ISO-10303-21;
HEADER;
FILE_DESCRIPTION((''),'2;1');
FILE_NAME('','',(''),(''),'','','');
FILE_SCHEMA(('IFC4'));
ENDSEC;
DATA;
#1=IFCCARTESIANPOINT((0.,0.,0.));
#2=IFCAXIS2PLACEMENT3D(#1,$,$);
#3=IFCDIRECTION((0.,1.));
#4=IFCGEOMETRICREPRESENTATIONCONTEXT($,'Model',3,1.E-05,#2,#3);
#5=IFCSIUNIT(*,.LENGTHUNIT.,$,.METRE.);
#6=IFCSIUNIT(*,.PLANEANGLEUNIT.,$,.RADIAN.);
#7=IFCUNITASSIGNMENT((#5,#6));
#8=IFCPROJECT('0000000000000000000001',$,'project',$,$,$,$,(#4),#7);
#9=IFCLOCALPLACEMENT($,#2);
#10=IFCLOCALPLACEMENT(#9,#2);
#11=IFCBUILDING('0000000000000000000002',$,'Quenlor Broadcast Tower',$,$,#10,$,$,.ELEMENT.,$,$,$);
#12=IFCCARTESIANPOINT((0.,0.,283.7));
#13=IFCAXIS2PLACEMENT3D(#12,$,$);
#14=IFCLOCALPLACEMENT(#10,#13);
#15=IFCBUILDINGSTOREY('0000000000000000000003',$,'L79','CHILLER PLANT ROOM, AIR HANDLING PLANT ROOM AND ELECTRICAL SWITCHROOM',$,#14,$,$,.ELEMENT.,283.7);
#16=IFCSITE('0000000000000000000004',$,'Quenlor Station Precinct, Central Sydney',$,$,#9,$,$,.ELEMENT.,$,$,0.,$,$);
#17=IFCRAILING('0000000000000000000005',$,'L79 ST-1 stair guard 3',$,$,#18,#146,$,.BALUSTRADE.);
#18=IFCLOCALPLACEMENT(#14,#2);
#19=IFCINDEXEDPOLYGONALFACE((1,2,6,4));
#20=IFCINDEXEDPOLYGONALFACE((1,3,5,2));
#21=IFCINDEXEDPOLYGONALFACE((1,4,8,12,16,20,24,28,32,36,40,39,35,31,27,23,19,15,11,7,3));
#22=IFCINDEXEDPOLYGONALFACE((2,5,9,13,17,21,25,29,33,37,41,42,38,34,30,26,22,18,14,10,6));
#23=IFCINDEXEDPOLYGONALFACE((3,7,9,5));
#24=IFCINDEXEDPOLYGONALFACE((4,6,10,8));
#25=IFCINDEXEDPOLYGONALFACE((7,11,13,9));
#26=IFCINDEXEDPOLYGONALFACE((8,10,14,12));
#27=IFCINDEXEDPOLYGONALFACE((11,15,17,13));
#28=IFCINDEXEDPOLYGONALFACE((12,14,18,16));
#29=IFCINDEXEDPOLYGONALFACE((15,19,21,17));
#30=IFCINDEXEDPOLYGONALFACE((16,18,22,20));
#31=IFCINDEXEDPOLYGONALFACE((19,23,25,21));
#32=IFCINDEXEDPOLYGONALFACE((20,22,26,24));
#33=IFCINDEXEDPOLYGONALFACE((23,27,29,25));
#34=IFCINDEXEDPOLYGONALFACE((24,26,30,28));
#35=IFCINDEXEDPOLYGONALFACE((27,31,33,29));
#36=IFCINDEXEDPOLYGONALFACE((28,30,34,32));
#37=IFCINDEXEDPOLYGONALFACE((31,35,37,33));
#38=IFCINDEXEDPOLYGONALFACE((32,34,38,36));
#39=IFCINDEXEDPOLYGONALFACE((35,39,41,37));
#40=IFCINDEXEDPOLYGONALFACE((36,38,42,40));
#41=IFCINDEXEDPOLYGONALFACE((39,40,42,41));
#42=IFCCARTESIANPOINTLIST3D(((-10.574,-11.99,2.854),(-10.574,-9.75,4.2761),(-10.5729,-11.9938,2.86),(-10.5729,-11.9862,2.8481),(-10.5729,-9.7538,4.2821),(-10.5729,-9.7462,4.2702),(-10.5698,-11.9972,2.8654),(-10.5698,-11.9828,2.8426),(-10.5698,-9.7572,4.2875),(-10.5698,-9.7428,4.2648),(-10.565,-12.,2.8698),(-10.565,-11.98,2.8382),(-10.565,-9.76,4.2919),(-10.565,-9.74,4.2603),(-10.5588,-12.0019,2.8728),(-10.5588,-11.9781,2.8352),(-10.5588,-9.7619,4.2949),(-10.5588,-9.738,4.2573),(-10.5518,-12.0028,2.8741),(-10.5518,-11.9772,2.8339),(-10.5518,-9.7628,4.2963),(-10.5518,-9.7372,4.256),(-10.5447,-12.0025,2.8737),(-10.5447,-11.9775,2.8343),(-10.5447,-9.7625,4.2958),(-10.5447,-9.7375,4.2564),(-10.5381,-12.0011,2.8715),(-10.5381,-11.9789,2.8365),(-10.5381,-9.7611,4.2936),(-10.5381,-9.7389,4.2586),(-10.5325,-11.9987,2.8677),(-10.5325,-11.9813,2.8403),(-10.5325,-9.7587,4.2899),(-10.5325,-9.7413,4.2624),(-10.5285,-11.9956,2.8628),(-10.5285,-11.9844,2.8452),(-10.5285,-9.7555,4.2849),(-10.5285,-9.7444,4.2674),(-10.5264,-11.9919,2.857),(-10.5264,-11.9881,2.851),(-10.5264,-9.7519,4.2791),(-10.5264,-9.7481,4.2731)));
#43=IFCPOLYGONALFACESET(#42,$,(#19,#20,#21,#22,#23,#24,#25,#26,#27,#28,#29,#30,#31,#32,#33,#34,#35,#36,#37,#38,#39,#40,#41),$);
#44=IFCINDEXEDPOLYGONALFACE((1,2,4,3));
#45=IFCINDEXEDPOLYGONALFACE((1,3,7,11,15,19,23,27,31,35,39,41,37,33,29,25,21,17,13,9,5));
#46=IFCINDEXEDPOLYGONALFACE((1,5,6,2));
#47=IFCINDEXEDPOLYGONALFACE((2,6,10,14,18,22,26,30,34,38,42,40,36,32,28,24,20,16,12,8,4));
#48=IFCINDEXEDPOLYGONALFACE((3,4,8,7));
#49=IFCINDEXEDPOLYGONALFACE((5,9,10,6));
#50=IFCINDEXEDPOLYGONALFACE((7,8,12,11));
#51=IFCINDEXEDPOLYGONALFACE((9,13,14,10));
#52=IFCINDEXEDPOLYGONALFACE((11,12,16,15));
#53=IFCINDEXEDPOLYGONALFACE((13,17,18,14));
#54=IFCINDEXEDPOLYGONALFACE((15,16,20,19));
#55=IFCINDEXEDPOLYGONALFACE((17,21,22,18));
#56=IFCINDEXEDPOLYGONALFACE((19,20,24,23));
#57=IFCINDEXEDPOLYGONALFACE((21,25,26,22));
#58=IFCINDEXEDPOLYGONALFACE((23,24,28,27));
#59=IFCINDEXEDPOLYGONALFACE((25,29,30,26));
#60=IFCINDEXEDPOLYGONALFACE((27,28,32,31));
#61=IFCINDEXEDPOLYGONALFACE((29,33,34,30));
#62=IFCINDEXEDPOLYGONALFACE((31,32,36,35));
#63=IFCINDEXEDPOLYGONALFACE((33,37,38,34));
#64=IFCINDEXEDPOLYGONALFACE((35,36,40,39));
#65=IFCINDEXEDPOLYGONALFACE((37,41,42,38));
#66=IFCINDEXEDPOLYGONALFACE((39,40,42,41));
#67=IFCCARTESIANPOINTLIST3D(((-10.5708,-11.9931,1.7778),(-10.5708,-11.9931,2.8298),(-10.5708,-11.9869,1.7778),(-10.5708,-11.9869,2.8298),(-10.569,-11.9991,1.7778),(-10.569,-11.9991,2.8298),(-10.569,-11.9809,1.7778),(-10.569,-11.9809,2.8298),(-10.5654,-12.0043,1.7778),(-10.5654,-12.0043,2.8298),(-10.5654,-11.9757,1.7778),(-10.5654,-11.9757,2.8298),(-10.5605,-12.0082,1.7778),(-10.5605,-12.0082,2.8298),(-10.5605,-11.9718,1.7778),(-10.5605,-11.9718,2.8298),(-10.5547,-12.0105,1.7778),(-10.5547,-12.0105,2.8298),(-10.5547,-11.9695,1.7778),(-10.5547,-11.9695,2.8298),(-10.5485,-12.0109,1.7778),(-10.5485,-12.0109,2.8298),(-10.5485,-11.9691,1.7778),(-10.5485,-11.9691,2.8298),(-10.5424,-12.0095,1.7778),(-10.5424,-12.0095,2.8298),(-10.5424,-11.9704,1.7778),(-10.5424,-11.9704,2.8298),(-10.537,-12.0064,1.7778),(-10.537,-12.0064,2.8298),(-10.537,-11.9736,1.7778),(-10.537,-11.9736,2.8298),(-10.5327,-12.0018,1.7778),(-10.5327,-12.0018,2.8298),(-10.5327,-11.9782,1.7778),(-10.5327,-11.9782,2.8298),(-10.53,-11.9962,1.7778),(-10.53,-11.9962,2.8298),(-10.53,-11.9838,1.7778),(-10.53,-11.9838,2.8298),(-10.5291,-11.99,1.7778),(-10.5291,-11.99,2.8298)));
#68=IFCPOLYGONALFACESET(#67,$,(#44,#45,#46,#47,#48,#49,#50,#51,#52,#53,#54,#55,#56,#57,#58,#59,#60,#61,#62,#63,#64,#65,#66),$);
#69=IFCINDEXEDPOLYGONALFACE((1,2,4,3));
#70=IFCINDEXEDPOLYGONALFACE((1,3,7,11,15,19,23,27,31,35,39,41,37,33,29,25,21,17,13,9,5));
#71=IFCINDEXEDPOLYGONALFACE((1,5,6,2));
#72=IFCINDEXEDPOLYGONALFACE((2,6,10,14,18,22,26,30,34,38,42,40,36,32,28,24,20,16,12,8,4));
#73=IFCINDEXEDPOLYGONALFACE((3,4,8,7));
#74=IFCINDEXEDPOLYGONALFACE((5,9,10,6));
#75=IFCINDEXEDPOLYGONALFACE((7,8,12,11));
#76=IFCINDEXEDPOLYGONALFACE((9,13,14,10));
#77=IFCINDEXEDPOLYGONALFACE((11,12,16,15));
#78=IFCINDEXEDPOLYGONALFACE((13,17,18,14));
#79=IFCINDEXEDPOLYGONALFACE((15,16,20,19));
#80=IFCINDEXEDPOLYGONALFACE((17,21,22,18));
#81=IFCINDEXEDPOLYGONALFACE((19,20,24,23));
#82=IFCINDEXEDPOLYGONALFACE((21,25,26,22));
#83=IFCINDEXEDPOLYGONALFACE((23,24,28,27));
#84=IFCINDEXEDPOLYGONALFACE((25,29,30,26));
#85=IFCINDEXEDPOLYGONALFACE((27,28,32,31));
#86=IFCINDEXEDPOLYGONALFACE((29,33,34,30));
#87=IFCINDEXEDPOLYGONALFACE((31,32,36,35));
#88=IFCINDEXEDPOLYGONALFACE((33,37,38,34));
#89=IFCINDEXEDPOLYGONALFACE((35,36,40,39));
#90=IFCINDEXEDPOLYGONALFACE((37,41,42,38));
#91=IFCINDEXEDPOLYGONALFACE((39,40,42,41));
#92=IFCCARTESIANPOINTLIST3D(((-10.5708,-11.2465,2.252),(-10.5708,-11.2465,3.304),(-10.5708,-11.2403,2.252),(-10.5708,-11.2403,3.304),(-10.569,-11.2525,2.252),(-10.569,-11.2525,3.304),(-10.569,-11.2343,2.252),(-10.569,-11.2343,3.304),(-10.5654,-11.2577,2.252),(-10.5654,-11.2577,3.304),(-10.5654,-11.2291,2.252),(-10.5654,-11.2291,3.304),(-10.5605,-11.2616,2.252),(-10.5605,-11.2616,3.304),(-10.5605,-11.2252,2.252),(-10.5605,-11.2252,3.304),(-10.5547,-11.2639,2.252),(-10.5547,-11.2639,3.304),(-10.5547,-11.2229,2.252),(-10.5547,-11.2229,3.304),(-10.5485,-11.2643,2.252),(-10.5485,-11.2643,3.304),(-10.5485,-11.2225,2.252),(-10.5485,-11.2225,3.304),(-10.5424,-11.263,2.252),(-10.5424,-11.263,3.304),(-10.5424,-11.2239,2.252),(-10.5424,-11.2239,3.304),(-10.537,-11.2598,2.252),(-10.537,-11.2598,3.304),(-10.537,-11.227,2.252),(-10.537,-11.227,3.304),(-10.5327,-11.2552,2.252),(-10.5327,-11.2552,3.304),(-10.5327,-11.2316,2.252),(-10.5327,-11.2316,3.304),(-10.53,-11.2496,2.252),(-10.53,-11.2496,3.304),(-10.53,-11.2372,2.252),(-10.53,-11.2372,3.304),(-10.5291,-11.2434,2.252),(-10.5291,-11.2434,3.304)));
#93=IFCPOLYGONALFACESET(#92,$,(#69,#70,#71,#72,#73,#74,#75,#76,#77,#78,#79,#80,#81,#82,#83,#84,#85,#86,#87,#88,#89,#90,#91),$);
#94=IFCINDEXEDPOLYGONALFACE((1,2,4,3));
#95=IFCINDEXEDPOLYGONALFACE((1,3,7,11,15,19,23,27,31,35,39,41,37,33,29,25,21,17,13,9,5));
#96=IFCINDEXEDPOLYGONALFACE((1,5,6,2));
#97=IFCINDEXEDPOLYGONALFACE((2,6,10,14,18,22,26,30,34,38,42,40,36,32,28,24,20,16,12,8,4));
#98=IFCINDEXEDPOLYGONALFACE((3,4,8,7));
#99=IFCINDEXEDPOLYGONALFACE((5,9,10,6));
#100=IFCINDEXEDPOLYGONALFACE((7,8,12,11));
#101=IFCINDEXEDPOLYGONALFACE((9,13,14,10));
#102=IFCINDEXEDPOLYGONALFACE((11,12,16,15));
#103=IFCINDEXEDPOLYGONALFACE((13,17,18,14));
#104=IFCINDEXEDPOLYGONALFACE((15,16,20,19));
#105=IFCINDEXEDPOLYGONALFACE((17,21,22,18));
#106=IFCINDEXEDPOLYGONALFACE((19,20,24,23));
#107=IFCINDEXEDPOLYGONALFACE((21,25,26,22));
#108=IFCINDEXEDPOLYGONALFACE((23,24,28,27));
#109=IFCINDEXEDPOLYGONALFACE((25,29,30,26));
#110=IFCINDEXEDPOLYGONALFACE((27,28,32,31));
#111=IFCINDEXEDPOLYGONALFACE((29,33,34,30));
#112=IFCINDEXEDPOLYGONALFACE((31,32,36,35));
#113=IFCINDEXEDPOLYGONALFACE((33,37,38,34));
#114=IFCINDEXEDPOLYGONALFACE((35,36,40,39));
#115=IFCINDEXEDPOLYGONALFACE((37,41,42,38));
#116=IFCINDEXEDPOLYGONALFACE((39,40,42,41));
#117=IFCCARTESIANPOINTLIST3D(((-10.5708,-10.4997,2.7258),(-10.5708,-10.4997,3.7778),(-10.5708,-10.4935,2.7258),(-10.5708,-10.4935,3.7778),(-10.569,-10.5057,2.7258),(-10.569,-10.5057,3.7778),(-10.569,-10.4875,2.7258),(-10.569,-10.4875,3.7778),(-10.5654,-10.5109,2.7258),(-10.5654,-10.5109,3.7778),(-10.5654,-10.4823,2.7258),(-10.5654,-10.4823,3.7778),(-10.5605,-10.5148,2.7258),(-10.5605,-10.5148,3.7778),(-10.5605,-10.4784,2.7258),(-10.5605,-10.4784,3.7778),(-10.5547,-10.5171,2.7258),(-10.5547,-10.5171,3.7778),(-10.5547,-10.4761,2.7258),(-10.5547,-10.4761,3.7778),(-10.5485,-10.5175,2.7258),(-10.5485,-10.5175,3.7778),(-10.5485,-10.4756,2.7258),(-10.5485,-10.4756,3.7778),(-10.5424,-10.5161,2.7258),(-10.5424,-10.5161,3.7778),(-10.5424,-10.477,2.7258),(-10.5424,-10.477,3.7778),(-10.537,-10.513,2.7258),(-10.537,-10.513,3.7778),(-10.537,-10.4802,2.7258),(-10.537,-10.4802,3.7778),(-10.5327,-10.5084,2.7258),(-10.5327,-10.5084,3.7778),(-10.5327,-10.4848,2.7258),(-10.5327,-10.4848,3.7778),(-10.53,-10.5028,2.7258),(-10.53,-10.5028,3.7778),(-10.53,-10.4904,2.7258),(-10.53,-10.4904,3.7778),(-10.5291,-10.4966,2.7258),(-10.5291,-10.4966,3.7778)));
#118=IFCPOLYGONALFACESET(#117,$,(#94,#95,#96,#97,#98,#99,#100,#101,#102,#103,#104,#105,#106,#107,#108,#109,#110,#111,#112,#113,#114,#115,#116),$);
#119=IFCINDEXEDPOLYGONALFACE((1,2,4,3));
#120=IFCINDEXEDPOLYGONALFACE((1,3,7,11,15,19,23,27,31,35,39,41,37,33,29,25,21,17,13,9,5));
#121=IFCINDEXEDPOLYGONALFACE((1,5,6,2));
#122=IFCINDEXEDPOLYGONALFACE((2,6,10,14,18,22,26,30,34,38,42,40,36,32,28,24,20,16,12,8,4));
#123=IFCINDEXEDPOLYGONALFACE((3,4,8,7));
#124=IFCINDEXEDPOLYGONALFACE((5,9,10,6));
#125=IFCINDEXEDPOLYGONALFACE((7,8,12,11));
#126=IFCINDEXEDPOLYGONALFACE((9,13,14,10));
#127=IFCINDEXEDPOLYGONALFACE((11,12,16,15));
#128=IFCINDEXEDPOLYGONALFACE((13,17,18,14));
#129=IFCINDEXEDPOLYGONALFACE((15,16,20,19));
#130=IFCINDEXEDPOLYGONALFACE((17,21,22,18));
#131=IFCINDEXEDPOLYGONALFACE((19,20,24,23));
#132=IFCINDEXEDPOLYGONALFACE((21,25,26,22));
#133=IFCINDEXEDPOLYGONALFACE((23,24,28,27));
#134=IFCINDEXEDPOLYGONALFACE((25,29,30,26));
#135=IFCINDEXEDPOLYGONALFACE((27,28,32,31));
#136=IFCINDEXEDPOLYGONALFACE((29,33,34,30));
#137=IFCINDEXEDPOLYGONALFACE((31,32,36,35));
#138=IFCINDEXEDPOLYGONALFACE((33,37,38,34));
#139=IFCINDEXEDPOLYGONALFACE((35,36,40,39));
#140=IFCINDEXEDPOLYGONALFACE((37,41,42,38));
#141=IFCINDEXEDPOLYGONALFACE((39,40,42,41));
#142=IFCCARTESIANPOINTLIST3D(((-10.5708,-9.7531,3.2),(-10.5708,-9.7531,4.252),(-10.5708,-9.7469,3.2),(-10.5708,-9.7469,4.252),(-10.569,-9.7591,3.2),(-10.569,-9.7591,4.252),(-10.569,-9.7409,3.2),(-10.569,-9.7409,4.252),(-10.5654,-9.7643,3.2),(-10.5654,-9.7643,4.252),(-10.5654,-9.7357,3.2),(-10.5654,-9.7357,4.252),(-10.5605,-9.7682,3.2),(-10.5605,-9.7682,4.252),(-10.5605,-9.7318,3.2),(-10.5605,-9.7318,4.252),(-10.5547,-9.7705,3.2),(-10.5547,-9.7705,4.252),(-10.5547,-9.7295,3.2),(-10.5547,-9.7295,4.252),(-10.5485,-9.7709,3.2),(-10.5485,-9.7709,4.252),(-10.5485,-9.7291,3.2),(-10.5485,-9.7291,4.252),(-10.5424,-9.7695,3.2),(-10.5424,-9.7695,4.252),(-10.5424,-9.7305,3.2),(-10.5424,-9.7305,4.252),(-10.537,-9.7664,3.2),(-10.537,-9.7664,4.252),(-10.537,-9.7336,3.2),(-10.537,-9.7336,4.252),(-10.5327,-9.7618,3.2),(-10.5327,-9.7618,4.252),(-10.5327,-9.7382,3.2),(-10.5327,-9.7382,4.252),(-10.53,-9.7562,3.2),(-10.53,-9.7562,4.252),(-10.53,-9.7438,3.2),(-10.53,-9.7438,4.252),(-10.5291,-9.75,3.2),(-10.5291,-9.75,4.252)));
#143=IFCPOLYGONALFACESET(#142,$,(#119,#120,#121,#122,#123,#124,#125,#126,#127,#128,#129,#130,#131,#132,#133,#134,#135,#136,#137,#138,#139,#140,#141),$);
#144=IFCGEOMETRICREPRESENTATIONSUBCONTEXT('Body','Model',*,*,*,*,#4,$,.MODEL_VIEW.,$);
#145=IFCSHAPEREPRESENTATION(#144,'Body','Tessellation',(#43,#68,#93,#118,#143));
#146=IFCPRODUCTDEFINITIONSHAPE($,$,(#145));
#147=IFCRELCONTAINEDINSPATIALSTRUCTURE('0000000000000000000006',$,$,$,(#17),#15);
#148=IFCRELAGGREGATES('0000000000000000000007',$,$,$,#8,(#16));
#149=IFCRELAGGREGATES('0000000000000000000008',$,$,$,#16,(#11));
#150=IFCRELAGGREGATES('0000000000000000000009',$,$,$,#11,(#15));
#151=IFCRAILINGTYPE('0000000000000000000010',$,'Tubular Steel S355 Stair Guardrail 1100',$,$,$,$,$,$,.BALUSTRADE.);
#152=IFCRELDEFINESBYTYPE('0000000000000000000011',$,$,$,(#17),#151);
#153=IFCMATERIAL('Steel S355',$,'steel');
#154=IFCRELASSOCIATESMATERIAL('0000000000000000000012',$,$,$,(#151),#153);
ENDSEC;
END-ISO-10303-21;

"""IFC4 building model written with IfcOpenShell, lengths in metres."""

from ifc_helpers import new_model, si_unit, direction, frame, origin, origin_2d, place, context, subcontext, project, spatial, circle, extrude, material, type_object, element, save


model = new_model("IFC4")

# Units and contexts
model_context = context("Model", 3, precision=1e-05, world=origin(), true_north=direction((0.0, 1.0)))
body_context = subcontext(model_context, "Body", "Model", "MODEL_VIEW")
ifc_project = project(units=[si_unit("LENGTHUNIT", "METRE"), si_unit("PLANEANGLEUNIT", "RADIAN")], contexts=[model_context])

# Site, building, storey
site_placement = place(None, origin())
site = spatial("IfcSite", under=ifc_project, at=site_placement, Name="Quenlor Station Precinct, Central Sydney", CompositionType="ELEMENT", RefElevation=0.0)
building_placement = place(site_placement, origin())
building = spatial("IfcBuilding", under=site, at=building_placement, Name="Quenlor Broadcast Tower", CompositionType="ELEMENT")
storey_placement = place(building_placement, frame((0.0, 0.0, 283.7)))
storey = spatial("IfcBuildingStorey", under=building, at=storey_placement, Name="L79", Description="CHILLER PLANT ROOM, AIR HANDLING PLANT ROOM AND ELECTRICAL SWITCHROOM", CompositionType="ELEMENT", Elevation=283.7)

# Railing
ifc_material_1 = material(Name="Steel S355", Category="steel")
railing_type_1 = type_object("IfcRailingType", Name="Tubular Steel S355 Stair Guardrail 1100", PredefinedType="BALUSTRADE", material=ifc_material_1)
railing_1_placement = place(storey_placement, frame((-10.55, -11.99, 1.7778)))
element("IfcRailing", 1, at=railing_1_placement, inside=storey, type_object=railing_type_1, Name="L79 ST-1 stair guard 3", PredefinedType="BALUSTRADE", context=body_context, shape_type="SweptSolid", body=[
    extrude(circle(Radius=0.0239, at=origin_2d()), frame((0.0, 0.0, 1.0762), z_axis=(0.0, 0.844229, 0.535982), x_axis=(-1.0, 0.0, 0.0)), (0.0, 0.0, 1.0), 2.6533),
    extrude(circle(Radius=0.021, at=origin_2d()), origin(), (0.0, 0.0, 1.0), 1.052),
    extrude(circle(Radius=0.021, at=origin_2d()), frame((0.0, 0.7466, 0.4741)), (0.0, 0.0, 1.0), 1.052),
    extrude(circle(Radius=0.021, at=origin_2d()), frame((0.0, 1.4934, 0.948)), (0.0, 0.0, 1.0), 1.052),
    extrude(circle(Radius=0.021, at=origin_2d()), frame((0.0, 2.24, 1.4221)), (0.0, 0.0, 1.0), 1.052),
])

save(model, "model.ifc")
